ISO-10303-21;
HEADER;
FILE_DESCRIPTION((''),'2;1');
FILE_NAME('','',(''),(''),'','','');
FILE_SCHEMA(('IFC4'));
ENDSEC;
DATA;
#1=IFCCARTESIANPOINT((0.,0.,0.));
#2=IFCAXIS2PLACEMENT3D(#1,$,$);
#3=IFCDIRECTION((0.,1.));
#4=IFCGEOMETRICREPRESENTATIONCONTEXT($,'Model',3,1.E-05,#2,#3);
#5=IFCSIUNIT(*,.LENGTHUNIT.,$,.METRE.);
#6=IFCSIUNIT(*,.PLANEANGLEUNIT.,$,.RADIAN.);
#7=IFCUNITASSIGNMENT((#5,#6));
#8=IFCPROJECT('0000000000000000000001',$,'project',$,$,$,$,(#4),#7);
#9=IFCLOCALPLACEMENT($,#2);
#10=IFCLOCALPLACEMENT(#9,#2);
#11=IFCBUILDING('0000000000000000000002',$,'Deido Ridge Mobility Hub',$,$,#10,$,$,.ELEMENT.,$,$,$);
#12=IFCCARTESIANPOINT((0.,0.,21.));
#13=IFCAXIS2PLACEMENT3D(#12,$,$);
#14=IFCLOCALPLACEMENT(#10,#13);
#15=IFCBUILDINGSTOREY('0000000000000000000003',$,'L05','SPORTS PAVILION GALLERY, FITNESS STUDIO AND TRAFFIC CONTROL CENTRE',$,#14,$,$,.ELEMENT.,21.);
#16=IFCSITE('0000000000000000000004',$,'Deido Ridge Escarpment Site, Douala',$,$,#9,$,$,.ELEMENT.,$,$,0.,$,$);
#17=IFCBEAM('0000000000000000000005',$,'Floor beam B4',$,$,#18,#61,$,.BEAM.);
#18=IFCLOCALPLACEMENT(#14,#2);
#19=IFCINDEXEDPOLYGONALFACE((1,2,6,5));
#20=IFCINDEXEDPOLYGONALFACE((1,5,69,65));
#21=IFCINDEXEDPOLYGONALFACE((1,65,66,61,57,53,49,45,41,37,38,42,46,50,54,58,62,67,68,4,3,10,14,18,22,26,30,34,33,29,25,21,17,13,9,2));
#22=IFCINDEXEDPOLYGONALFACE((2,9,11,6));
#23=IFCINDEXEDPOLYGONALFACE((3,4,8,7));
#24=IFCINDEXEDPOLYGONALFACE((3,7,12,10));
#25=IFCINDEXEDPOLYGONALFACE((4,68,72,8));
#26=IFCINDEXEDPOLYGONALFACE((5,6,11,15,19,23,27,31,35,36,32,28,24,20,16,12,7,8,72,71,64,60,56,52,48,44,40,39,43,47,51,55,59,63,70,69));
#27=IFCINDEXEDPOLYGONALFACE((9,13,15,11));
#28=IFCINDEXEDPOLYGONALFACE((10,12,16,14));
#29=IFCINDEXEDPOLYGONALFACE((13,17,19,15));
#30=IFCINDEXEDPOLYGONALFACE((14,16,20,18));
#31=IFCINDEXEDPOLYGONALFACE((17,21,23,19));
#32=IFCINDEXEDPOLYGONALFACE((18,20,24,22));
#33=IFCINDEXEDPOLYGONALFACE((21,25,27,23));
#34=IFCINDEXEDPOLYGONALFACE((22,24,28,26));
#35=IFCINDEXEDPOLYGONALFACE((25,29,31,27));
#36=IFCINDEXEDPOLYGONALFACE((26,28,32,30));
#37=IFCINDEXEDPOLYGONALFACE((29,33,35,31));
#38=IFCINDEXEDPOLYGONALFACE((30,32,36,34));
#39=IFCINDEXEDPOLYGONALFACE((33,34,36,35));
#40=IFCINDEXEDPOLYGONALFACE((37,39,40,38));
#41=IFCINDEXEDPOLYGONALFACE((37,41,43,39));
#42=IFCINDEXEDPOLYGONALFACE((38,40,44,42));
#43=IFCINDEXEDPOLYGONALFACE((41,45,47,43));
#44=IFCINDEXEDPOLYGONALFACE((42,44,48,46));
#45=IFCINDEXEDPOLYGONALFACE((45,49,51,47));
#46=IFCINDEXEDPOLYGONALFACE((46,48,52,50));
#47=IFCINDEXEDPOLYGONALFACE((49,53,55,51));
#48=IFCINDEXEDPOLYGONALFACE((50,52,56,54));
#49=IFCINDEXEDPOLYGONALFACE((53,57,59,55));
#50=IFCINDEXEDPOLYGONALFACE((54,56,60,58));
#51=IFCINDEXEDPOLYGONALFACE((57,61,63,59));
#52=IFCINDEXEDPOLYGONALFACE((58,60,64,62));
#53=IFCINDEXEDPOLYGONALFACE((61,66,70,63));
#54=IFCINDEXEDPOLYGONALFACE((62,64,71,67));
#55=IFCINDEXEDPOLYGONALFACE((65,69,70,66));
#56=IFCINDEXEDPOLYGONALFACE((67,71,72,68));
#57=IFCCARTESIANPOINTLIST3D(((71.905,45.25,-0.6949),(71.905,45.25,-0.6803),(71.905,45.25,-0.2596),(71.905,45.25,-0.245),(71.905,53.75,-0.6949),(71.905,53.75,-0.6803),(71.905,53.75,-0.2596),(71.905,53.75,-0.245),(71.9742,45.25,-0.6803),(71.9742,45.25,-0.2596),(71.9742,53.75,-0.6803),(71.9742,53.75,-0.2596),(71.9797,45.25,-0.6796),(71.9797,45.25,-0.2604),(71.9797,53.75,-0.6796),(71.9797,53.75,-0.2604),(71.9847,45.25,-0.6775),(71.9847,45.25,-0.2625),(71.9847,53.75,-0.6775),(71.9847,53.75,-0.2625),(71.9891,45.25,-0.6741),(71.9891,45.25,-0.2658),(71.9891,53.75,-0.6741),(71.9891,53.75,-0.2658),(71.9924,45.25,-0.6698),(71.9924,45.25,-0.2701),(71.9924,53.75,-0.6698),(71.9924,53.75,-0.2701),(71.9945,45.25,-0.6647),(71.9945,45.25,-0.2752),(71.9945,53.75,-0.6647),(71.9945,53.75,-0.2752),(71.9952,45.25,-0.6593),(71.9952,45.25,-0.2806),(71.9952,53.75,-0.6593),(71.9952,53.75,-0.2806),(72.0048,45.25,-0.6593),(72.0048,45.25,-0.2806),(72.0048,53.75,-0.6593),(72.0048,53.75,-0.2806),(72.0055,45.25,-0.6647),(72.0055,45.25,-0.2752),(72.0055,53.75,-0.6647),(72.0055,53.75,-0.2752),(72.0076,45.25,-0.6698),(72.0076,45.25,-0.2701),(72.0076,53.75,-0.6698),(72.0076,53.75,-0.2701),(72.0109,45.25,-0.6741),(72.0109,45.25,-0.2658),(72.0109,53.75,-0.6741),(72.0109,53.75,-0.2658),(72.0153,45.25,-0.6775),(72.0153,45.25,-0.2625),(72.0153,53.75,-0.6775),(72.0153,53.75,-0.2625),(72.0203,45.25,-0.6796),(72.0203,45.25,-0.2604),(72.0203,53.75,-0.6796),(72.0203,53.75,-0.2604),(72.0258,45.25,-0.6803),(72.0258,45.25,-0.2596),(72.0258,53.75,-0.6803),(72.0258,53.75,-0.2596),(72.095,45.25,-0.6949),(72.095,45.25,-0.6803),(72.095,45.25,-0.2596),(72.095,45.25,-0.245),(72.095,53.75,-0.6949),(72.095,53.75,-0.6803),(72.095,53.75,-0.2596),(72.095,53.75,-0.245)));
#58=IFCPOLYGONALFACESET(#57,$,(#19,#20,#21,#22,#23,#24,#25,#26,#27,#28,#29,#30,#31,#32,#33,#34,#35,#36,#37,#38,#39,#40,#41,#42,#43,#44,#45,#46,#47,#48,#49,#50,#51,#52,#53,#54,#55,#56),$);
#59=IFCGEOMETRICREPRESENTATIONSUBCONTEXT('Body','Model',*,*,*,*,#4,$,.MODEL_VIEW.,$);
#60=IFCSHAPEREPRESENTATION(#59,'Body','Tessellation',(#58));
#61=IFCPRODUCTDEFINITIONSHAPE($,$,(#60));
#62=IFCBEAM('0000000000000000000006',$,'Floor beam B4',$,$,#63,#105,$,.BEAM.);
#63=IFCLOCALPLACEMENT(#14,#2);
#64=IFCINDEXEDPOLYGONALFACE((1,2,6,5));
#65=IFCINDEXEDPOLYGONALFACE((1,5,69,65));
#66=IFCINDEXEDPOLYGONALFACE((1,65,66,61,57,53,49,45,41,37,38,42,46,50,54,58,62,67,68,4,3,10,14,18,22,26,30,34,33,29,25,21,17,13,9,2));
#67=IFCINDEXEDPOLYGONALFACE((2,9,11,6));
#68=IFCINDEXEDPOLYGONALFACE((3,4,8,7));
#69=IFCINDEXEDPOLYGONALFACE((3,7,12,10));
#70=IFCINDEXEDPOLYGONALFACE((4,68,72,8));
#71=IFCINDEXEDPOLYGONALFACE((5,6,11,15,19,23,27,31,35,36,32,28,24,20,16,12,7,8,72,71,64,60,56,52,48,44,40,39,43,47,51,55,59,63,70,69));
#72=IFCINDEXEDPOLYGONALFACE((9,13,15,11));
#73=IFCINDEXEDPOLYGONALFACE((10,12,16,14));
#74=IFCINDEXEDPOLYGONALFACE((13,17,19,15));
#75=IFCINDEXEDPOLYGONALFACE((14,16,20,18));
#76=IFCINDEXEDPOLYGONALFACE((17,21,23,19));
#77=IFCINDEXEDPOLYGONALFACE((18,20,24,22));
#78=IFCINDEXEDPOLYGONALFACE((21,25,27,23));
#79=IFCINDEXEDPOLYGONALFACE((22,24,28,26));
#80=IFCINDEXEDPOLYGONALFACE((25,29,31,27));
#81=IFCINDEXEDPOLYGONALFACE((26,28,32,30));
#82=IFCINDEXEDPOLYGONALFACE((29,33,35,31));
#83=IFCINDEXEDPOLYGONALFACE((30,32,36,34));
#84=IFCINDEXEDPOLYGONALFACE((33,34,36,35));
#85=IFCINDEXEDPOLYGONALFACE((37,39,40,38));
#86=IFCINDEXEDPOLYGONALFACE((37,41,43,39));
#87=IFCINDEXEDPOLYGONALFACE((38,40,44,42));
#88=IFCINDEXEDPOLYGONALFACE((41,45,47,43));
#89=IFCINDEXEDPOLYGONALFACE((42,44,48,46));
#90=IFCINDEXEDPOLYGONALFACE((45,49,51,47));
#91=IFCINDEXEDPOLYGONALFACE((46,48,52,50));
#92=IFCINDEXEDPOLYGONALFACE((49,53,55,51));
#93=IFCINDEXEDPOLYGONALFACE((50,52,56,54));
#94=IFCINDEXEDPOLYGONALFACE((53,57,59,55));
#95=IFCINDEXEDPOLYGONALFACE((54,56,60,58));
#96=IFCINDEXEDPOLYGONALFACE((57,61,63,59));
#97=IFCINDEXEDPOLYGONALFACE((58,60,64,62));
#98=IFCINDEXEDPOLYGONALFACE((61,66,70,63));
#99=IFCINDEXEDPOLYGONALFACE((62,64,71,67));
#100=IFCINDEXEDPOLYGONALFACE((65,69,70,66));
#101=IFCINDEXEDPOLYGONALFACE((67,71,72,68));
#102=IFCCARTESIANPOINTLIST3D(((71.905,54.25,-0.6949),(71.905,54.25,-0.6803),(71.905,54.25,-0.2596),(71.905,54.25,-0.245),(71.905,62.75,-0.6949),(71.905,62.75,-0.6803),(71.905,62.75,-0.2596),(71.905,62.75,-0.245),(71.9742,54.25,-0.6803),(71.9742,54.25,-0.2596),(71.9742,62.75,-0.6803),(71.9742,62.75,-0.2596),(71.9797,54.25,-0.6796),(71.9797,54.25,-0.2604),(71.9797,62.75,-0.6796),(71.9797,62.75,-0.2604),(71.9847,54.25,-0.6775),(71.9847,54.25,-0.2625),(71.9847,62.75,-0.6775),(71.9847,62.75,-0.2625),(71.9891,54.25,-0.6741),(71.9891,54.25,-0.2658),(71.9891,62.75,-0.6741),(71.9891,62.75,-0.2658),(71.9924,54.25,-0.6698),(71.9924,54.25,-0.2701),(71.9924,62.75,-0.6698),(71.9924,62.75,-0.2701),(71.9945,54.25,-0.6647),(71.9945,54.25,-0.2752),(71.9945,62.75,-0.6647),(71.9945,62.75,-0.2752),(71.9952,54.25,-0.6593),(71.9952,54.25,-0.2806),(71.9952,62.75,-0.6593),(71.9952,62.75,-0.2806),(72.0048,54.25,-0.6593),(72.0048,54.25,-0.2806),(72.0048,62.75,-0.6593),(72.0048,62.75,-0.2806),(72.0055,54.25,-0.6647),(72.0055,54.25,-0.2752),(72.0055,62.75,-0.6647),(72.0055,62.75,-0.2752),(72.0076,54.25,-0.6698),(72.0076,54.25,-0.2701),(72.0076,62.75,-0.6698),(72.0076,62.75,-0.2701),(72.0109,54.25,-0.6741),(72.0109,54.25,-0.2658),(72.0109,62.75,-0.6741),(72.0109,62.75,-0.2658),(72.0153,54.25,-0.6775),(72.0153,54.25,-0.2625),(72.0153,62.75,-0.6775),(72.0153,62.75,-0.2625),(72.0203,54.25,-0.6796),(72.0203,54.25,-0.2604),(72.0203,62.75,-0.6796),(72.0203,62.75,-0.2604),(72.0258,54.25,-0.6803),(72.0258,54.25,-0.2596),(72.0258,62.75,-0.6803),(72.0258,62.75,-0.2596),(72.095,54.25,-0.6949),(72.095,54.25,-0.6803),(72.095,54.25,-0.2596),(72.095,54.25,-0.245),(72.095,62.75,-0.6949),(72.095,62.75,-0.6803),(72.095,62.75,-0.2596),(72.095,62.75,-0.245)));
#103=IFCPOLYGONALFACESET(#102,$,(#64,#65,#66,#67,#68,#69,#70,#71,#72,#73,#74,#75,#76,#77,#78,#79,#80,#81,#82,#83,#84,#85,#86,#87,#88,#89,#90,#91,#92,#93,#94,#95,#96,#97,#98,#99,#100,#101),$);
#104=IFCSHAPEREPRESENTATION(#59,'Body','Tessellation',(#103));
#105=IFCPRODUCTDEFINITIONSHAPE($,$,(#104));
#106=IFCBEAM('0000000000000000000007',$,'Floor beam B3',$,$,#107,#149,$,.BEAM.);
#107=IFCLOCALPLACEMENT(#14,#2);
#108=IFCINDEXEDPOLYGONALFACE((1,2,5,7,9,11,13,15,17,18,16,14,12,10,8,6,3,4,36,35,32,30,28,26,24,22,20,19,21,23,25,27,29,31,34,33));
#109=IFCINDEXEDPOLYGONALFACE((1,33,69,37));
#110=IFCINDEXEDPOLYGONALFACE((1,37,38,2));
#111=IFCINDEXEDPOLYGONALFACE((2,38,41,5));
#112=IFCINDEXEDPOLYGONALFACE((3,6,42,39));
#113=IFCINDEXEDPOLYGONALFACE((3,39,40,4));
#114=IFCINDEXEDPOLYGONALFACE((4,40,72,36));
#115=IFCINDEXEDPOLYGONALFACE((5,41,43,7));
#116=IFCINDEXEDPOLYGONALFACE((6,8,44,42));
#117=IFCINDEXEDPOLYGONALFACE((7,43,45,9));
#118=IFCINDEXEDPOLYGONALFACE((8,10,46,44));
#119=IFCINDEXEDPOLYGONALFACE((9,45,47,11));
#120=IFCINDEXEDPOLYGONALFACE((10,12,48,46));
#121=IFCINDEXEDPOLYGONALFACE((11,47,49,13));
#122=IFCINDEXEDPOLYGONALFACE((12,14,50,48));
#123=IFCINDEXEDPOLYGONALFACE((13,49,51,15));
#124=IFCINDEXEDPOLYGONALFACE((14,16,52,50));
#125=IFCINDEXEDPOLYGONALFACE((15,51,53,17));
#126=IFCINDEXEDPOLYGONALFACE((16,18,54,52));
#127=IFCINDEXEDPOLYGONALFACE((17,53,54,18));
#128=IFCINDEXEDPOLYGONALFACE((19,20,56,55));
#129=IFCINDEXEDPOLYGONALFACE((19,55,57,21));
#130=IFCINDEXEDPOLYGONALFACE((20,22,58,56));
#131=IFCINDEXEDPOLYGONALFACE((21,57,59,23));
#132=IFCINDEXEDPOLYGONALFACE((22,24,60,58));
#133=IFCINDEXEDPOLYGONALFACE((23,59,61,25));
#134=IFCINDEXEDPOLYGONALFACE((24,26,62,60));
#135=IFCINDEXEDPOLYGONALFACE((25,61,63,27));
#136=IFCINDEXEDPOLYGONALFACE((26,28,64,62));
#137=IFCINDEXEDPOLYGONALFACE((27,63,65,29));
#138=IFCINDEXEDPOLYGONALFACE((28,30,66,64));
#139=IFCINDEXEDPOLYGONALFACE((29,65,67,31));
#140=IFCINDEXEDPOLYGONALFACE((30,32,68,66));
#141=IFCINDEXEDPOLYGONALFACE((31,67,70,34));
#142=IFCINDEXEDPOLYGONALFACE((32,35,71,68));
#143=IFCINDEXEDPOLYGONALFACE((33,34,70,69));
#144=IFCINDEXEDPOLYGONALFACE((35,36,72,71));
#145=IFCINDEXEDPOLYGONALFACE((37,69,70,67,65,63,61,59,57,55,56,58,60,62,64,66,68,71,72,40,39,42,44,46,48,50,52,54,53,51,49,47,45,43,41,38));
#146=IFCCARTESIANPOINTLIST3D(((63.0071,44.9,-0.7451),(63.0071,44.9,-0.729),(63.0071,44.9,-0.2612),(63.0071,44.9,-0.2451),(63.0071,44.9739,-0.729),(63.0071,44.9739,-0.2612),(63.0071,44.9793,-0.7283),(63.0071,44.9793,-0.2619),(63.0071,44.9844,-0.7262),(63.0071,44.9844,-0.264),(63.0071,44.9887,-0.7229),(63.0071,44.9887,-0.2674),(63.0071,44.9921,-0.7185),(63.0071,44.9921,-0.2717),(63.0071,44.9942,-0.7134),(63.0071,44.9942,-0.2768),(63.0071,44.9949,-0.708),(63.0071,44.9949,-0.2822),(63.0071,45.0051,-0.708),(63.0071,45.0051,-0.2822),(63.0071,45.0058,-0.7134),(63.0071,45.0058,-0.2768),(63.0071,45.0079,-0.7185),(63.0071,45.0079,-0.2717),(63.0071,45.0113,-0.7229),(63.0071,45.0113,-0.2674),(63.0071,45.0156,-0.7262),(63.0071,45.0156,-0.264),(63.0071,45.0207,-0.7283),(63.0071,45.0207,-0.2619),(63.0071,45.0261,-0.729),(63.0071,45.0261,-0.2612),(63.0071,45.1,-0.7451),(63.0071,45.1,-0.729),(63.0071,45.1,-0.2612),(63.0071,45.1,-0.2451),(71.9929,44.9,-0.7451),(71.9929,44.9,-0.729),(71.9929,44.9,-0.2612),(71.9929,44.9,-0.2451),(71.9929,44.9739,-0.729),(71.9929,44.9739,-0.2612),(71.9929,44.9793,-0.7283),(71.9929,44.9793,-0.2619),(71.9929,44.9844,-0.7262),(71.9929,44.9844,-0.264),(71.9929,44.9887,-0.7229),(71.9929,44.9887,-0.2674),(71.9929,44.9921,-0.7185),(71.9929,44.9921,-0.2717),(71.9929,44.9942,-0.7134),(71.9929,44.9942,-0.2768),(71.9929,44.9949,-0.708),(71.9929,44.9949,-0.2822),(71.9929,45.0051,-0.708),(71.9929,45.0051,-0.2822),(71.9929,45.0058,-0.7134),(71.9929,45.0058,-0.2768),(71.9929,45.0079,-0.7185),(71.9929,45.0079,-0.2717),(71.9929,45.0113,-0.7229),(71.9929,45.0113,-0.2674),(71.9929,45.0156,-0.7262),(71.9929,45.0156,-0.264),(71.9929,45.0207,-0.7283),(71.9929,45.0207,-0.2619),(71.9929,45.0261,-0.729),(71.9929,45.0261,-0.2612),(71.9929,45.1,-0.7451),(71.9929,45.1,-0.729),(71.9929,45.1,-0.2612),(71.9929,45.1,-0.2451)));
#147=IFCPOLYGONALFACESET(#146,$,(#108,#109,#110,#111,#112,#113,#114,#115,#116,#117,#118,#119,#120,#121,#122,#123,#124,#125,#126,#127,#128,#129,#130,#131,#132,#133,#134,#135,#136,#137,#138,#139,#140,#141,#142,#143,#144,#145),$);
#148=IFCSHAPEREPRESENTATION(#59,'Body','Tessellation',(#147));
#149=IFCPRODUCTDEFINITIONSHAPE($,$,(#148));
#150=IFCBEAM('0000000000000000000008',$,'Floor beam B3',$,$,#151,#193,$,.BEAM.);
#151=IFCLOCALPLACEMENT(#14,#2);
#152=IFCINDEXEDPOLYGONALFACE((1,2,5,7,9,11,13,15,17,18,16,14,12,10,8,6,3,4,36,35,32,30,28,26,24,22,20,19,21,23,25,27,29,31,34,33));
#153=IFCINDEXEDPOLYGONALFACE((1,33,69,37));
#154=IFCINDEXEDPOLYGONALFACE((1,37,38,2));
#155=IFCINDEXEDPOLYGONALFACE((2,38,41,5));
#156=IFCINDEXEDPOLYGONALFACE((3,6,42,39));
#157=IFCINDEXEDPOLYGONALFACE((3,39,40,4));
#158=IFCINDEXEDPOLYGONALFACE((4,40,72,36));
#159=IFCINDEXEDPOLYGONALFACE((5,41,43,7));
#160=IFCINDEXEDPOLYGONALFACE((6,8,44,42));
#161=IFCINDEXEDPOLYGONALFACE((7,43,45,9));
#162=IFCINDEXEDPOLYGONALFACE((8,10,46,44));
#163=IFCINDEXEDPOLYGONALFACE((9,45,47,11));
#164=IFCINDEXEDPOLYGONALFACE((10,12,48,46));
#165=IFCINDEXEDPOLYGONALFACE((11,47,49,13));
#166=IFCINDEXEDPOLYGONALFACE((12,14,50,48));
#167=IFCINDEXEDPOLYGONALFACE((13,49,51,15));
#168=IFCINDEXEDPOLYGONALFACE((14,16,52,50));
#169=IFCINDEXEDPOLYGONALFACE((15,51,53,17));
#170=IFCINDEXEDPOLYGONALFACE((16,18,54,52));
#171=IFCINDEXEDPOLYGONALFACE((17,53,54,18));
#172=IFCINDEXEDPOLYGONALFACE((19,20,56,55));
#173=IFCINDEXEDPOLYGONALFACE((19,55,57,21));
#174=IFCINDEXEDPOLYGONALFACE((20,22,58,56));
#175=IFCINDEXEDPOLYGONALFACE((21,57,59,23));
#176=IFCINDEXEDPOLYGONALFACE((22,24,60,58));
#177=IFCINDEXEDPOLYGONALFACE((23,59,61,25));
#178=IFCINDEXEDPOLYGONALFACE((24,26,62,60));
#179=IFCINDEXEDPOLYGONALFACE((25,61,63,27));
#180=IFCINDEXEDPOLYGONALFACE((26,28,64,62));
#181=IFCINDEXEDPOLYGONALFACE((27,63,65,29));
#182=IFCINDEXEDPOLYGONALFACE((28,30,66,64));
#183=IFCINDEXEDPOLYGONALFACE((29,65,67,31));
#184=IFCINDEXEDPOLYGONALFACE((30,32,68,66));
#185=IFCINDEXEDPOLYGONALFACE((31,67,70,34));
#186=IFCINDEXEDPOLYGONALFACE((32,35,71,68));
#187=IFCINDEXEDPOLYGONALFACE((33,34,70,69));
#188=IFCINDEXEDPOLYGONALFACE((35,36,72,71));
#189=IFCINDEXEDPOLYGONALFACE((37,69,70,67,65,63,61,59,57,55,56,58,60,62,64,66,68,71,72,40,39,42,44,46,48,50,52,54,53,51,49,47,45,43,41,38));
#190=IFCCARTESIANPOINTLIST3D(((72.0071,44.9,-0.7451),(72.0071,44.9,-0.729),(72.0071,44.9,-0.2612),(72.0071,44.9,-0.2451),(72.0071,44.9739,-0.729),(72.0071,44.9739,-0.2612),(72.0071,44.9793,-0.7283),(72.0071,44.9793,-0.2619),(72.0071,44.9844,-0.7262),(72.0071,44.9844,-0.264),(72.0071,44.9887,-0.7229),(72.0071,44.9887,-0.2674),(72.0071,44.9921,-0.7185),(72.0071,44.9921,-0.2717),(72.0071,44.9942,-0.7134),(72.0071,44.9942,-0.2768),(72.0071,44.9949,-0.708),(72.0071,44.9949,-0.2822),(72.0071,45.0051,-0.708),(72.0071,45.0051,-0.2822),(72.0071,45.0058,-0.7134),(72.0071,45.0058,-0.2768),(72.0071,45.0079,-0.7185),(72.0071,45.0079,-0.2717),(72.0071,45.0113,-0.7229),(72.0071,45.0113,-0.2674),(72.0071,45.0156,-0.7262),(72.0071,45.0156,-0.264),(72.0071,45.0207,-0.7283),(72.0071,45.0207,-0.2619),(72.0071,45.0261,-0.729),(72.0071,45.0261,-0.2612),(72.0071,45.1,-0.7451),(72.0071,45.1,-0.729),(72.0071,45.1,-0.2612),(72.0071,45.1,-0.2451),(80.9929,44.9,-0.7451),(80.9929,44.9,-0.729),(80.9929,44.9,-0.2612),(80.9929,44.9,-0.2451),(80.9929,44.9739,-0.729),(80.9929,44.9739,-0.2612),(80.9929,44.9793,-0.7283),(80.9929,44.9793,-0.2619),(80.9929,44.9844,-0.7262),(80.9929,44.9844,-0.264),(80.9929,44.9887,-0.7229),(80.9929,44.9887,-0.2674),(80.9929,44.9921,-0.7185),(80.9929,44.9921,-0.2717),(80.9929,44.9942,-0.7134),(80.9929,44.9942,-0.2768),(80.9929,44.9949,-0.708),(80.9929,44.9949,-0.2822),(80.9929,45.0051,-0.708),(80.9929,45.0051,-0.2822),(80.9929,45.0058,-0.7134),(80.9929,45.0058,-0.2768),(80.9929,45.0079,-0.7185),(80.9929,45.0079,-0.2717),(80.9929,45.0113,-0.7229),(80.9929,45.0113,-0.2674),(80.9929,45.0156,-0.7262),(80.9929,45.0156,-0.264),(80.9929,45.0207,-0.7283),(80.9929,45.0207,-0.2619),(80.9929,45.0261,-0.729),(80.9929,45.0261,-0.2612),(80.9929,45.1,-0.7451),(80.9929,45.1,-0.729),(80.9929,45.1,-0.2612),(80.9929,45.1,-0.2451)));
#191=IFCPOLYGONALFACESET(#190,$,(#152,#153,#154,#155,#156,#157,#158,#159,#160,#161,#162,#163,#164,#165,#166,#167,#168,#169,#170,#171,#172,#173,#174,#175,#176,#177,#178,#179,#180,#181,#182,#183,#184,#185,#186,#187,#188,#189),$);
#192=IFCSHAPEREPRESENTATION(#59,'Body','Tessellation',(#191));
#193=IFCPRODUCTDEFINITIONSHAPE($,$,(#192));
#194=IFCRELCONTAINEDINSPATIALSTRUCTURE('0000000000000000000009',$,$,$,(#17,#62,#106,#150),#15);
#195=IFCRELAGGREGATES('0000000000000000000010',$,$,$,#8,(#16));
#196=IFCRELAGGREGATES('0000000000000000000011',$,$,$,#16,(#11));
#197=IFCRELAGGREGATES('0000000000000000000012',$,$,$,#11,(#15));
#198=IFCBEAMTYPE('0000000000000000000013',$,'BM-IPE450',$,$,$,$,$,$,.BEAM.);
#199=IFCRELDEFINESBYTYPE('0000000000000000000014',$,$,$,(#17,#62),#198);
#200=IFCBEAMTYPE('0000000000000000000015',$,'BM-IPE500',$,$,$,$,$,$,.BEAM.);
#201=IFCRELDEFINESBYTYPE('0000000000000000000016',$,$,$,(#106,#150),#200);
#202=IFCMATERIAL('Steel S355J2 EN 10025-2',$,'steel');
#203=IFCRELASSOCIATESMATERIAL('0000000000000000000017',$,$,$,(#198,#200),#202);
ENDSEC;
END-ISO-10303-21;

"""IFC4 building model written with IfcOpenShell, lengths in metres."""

from ifc_helpers import new_model, si_unit, direction, frame, origin, origin_2d, place, context, subcontext, project, spatial, i_section, extrude, material, material_profile, profile_set, type_object, element, save


model = new_model("IFC4")

# Units and contexts
model_context = context("Model", 3, precision=1e-05, world=origin(), true_north=direction((0.0, 1.0)))
body_context = subcontext(model_context, "Body", "Model", "MODEL_VIEW")
ifc_project = project(units=[si_unit("LENGTHUNIT", "METRE"), si_unit("PLANEANGLEUNIT", "RADIAN")], contexts=[model_context])

# Site, building, storey
site_placement = place(None, origin())
site = spatial("IfcSite", under=ifc_project, at=site_placement, Name="Deido Ridge Escarpment Site, Douala", CompositionType="ELEMENT", RefElevation=0.0)
building_placement = place(site_placement, origin())
building = spatial("IfcBuilding", under=site, at=building_placement, Name="Deido Ridge Mobility Hub", CompositionType="ELEMENT")
storey_placement = place(building_placement, frame((0.0, 0.0, 21.0)))
storey = spatial("IfcBuildingStorey", under=building, at=storey_placement, Name="L05", Description="SPORTS PAVILION GALLERY, FITNESS STUDIO AND TRAFFIC CONTROL CENTRE", CompositionType="ELEMENT", Elevation=21.0)

# Shared definitions
ifc_material_1 = material(Name="Steel S355J2 EN 10025-2", Category="steel")

# Beams
ifc_material_profile_1 = material_profile(ifc_material_1, i_section(OverallWidth=0.1899, OverallDepth=0.45, WebThickness=0.0095, FlangeThickness=0.0146, FilletRadius=0.021, at=origin_2d()), Name="IPE 450")
ifc_profile_set_1 = profile_set([ifc_material_profile_1], Name="Steel S355J2 EN 10025-2")
beam_type_1 = type_object("IfcBeamType", Name="BM-IPE450", PredefinedType="BEAM", material=ifc_profile_set_1)
for number, where, z_axis, x_axis, name in (
    (1, (72.0, 45.25, -0.47), (0.0, 1.0, 0.0), (-1.0, 0.0, 0.0), "Floor beam B4"),
    (2, (72.0, 54.25, -0.47), (0.0, 1.0, 0.0), (-1.0, 0.0, 0.0), "Floor beam B4"),
):
    element("IfcBeam", number, at=place(storey_placement, frame(where, z_axis=z_axis, x_axis=x_axis)), inside=storey, type_object=beam_type_1, Name=name, PredefinedType="BEAM", context=body_context, shape_type="SweptSolid", body=[
        extrude(i_section(OverallWidth=0.1899, OverallDepth=0.45, WebThickness=0.0095, FlangeThickness=0.0146, FilletRadius=0.021, at=origin_2d()), origin(), (0.0, 0.0, 1.0), 8.5),
    ])
ifc_material_profile_2 = material_profile(ifc_material_1, i_section(OverallWidth=0.2, OverallDepth=0.5, WebThickness=0.0103, FlangeThickness=0.0161, FilletRadius=0.021, at=origin_2d()), Name="IPE 500")
ifc_profile_set_2 = profile_set([ifc_material_profile_2], Name="Steel S355J2 EN 10025-2")
beam_type_2 = type_object("IfcBeamType", Name="BM-IPE500", PredefinedType="BEAM", material=ifc_profile_set_2)
for number, where, z_axis, x_axis, name in (
    (3, (63.0071, 45.0, -0.4951), (1.0, 0.0, 0.0), (0.0, 1.0, 0.0), "Floor beam B3"),
    (4, (72.0071, 45.0, -0.4951), (1.0, 0.0, 0.0), (0.0, 1.0, 0.0), "Floor beam B3"),
):
    element("IfcBeam", number, at=place(storey_placement, frame(where, z_axis=z_axis, x_axis=x_axis)), inside=storey, type_object=beam_type_2, Name=name, PredefinedType="BEAM", context=body_context, shape_type="SweptSolid", body=[
        extrude(i_section(OverallWidth=0.2, OverallDepth=0.5, WebThickness=0.0103, FlangeThickness=0.0161, FilletRadius=0.021, at=origin_2d()), origin(), (0.0, 0.0, 1.0), 8.9858),
    ])

save(model, "model.ifc")
